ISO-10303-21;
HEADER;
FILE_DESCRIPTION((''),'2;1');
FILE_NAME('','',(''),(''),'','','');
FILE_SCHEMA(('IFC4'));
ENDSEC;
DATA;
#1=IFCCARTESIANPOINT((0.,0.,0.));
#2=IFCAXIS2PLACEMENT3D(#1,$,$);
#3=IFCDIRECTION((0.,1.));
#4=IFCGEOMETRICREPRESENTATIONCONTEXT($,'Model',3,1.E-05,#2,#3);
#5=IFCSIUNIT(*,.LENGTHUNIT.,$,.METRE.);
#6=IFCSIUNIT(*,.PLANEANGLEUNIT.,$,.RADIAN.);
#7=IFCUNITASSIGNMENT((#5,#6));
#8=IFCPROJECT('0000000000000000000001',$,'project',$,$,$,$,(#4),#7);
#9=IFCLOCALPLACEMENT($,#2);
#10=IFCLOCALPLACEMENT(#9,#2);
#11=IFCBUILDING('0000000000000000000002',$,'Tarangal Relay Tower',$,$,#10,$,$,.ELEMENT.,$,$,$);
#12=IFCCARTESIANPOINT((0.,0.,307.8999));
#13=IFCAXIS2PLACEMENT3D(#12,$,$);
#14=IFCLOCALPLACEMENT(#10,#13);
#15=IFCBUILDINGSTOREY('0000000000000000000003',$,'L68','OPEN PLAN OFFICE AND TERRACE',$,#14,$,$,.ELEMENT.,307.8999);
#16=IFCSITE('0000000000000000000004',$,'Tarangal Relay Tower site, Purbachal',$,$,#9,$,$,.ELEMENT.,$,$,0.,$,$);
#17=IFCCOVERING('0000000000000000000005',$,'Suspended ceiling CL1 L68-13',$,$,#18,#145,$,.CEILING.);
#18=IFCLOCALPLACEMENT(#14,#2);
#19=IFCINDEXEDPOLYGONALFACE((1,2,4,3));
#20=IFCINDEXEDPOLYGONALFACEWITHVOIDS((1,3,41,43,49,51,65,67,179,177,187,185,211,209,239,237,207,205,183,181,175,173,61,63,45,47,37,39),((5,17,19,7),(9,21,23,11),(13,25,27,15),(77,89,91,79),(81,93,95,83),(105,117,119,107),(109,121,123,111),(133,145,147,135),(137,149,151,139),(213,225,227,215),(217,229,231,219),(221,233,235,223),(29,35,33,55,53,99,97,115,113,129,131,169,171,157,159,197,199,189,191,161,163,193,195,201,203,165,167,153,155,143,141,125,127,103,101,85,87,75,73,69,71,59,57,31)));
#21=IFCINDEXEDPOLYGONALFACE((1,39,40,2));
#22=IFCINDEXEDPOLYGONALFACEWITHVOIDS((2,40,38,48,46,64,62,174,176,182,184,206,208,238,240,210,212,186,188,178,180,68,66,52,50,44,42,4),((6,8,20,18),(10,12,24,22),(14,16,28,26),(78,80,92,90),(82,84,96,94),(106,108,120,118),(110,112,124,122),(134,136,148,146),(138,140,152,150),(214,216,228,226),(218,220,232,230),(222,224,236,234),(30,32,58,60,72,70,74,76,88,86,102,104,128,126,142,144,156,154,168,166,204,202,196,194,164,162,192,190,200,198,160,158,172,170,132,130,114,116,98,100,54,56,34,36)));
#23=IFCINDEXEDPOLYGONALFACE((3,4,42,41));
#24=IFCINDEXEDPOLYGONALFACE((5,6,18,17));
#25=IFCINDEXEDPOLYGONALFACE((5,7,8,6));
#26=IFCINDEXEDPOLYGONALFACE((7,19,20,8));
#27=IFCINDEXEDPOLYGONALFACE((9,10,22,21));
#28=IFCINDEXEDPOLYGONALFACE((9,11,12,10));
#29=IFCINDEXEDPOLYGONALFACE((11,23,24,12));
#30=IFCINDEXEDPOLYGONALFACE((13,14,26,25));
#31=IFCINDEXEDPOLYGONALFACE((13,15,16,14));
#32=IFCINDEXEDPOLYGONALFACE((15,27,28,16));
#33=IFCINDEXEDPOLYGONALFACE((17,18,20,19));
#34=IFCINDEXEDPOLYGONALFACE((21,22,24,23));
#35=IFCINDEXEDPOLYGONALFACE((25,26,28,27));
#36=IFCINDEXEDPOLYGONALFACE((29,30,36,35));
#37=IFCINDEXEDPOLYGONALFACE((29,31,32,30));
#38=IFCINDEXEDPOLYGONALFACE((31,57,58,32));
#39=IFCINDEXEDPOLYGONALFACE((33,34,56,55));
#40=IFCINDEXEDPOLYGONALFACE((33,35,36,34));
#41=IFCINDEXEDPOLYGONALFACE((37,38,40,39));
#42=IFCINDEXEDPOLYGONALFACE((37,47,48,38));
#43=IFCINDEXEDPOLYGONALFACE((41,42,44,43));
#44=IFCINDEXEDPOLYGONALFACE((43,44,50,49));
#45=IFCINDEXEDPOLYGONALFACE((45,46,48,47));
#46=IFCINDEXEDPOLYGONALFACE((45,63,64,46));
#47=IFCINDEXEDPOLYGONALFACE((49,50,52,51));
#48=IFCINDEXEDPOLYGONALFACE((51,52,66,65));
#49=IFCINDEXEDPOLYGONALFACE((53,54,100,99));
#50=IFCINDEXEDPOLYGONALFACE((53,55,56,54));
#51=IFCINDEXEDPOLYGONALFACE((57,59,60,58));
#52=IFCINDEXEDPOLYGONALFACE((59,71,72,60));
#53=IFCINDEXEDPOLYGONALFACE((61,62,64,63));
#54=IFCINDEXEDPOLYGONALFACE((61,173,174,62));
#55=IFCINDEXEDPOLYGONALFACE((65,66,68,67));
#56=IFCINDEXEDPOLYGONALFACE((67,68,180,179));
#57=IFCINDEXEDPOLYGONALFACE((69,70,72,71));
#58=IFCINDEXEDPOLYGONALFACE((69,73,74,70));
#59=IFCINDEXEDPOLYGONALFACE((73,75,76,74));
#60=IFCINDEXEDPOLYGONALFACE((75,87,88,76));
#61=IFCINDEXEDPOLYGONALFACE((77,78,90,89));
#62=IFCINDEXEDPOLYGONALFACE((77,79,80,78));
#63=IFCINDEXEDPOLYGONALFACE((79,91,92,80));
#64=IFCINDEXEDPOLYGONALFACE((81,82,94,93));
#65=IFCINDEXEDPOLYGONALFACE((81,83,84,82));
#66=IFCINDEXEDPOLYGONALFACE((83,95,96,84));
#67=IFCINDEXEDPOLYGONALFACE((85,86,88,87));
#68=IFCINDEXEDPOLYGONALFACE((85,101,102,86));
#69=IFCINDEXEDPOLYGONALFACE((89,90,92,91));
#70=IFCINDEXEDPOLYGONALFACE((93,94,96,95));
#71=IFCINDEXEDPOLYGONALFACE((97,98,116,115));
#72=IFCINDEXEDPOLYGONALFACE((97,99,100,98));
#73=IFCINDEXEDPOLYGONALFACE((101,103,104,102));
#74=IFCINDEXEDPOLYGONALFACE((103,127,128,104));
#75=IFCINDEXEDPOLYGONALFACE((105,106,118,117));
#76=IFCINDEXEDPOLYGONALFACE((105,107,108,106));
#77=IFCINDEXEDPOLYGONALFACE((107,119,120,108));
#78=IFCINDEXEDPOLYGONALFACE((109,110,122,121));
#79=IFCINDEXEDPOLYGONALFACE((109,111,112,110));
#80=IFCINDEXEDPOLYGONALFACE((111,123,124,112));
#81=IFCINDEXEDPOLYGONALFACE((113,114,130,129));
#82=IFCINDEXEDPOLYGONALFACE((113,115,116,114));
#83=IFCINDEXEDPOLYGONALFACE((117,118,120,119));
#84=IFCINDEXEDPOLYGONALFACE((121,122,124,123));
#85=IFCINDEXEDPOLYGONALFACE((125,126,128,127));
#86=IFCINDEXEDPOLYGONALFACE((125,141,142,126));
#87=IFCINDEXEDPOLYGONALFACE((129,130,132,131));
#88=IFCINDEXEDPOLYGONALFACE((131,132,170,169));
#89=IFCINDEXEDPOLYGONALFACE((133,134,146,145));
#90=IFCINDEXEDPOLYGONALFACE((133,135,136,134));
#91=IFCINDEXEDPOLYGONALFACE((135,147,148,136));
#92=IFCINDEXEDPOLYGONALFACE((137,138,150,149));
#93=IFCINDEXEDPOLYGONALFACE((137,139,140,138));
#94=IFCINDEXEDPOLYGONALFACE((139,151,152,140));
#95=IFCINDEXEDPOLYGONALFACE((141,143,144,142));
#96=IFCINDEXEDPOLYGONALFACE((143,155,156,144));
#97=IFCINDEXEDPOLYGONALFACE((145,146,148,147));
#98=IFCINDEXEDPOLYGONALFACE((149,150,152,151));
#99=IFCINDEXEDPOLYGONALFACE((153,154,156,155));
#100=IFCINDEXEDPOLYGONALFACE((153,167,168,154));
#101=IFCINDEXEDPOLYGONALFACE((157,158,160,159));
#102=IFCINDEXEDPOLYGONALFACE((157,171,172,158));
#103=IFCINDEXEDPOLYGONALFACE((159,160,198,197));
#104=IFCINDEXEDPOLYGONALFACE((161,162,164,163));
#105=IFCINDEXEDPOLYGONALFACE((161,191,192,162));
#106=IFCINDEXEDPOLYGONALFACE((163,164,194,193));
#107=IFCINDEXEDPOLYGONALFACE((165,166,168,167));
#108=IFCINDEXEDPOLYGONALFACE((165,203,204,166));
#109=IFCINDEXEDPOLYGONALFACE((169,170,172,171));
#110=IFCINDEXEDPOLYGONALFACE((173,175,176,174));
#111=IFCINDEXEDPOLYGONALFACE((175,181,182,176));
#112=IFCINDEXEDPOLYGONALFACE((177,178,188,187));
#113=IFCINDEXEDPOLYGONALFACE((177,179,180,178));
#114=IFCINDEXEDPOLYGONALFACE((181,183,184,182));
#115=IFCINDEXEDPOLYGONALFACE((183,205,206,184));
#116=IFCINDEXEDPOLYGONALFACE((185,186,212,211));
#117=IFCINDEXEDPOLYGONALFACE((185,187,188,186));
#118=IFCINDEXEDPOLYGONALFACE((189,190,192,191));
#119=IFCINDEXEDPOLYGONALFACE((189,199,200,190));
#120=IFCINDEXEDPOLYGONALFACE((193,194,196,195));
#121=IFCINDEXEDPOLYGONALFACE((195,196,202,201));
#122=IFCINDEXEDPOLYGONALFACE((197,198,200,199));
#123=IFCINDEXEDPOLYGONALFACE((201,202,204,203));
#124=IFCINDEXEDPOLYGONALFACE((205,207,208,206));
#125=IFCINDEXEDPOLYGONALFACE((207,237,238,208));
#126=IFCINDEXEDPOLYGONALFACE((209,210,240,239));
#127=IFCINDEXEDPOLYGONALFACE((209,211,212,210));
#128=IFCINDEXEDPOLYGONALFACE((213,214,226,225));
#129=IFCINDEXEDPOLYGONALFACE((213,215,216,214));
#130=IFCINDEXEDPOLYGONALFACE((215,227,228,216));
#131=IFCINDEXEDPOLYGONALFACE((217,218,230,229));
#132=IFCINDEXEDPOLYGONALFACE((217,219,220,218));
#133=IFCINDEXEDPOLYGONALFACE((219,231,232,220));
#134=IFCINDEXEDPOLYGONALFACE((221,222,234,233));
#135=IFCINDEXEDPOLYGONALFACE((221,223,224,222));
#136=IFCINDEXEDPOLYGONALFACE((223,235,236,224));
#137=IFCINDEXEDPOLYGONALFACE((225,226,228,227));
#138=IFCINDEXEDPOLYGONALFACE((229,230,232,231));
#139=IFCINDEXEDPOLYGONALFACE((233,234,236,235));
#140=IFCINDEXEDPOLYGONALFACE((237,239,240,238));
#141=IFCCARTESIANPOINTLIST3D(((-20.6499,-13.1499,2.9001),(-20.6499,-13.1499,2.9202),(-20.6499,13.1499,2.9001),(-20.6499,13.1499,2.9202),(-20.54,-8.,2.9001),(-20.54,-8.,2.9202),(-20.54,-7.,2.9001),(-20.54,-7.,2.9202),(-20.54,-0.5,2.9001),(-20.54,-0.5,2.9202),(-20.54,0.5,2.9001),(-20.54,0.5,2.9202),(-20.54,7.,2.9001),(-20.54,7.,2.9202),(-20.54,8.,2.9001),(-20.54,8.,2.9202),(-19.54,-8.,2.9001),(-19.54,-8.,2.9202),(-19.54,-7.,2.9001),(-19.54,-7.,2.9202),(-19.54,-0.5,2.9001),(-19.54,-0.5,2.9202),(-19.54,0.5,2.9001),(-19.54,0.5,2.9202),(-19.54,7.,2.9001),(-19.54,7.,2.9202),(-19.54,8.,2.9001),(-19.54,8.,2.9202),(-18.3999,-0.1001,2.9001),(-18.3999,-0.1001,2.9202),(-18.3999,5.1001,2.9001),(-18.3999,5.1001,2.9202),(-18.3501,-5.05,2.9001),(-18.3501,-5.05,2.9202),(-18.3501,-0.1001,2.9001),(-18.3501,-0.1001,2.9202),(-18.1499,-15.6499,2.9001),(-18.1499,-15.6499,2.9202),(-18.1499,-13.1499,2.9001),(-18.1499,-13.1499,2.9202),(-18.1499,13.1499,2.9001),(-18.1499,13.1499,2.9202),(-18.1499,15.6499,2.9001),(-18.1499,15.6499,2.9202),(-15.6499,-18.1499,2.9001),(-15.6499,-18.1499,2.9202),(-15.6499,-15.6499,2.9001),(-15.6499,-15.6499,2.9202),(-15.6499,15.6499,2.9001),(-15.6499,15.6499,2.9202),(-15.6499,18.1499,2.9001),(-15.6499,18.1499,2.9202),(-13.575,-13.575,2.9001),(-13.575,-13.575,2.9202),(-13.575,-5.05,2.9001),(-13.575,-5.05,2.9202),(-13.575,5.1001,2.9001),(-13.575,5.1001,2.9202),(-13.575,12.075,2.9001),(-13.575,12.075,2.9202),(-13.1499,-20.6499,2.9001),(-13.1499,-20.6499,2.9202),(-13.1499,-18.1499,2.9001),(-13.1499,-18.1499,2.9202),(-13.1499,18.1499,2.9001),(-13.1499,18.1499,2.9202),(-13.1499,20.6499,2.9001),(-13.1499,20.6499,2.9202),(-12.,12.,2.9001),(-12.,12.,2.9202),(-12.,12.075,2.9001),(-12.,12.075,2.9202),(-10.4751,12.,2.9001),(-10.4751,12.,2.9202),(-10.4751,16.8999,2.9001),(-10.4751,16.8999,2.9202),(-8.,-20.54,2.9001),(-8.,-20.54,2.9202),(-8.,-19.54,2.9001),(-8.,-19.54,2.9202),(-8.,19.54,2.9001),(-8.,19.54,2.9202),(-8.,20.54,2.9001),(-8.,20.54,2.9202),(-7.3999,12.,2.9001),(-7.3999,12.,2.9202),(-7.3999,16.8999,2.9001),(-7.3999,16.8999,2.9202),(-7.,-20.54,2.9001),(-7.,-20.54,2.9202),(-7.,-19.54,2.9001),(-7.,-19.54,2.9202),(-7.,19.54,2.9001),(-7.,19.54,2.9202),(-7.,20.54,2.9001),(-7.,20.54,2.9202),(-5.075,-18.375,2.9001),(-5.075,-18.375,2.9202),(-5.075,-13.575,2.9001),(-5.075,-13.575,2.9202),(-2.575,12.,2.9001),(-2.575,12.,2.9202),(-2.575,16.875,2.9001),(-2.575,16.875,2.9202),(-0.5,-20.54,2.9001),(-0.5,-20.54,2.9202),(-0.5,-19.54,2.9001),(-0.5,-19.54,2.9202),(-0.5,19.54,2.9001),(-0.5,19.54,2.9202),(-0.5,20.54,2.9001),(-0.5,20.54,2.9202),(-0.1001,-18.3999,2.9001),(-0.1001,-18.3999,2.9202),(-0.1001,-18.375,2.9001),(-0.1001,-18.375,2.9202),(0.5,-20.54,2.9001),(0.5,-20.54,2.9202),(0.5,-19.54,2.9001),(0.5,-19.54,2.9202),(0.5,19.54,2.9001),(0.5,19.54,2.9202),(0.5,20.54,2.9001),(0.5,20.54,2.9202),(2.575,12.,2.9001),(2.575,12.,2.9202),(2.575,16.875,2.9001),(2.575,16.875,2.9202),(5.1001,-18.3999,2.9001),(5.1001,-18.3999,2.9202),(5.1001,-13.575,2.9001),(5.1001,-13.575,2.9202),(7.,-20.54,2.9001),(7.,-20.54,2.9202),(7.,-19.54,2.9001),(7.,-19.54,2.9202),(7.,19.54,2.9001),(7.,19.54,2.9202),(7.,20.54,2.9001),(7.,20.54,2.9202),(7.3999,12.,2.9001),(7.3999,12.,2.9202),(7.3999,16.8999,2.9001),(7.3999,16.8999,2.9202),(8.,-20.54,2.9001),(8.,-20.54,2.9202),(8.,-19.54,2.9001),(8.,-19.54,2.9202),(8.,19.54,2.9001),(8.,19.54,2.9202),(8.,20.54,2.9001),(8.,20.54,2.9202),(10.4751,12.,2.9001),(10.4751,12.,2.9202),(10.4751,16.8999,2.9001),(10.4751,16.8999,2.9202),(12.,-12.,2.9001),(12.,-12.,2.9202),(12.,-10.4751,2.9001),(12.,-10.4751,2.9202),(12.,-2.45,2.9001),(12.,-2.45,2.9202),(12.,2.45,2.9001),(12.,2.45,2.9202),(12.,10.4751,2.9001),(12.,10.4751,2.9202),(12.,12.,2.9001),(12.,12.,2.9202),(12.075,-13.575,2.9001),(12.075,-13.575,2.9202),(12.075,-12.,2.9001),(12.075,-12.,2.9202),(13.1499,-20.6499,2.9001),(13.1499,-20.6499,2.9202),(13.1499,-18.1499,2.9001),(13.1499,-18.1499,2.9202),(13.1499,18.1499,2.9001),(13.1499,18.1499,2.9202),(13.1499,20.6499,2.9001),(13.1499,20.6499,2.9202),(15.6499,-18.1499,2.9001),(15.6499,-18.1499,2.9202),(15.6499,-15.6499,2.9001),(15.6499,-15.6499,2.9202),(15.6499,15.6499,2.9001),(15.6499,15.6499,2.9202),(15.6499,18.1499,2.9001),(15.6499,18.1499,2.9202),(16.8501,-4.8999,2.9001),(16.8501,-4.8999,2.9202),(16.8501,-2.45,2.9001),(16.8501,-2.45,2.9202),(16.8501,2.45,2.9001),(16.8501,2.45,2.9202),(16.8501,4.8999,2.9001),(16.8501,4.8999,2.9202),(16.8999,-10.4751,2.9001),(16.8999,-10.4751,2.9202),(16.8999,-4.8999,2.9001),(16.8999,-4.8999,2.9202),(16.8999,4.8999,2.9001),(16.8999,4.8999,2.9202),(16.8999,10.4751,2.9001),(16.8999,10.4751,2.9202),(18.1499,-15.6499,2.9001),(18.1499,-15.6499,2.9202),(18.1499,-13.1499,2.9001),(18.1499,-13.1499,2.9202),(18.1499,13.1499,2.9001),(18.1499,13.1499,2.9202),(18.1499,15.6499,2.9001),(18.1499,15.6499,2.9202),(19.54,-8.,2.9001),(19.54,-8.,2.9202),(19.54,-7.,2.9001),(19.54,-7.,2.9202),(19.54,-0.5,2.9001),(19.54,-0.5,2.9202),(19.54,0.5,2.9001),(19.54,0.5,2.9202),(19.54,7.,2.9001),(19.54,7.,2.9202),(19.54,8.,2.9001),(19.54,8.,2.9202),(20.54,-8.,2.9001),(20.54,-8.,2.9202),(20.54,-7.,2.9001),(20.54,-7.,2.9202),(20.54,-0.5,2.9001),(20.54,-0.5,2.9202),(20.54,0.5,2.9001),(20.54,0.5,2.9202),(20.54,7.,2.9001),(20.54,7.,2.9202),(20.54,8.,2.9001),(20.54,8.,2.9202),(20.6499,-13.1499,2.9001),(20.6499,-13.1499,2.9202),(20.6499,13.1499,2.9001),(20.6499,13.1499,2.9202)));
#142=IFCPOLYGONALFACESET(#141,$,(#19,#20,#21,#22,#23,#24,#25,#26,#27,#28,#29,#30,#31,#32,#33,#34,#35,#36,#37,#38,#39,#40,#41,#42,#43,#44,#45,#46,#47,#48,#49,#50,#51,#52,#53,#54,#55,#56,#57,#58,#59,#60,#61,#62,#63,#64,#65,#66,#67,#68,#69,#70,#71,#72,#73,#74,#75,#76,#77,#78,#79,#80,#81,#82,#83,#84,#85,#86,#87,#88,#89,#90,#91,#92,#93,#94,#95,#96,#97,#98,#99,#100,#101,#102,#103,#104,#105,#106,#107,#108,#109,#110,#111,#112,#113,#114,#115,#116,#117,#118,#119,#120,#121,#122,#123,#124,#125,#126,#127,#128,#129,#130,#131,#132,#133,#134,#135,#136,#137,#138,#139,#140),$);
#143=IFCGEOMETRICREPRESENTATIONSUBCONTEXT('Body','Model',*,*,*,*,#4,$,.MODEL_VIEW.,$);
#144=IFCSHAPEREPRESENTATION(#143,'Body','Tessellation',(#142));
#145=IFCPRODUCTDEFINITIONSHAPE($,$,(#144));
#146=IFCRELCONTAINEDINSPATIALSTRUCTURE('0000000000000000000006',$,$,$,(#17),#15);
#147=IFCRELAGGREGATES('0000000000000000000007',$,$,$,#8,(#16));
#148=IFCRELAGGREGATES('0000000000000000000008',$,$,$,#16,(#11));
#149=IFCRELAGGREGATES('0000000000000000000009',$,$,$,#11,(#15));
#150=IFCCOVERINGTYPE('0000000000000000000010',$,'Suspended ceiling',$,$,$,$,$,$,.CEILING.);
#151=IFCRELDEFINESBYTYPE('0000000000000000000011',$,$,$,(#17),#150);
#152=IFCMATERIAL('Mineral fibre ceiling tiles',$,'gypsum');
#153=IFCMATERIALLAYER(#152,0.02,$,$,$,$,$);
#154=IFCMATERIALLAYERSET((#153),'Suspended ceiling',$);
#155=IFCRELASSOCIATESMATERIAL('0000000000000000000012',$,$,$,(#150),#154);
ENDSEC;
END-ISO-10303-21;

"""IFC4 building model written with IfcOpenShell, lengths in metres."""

from ifc_helpers import new_model, si_unit, direction, frame, origin, place, context, subcontext, project, spatial, polyline, outline, extrude, material, layer, layer_set, type_object, element, save


model = new_model("IFC4")

# Units and contexts
model_context = context("Model", 3, precision=1e-05, world=origin(), true_north=direction((0.0, 1.0)))
body_context = subcontext(model_context, "Body", "Model", "MODEL_VIEW")
ifc_project = project(units=[si_unit("LENGTHUNIT", "METRE"), si_unit("PLANEANGLEUNIT", "RADIAN")], contexts=[model_context])

# Site, building, storey
site_placement = place(None, origin())
site = spatial("IfcSite", under=ifc_project, at=site_placement, Name="Tarangal Relay Tower site, Purbachal", CompositionType="ELEMENT", RefElevation=0.0)
building_placement = place(site_placement, origin())
building = spatial("IfcBuilding", under=site, at=building_placement, Name="Tarangal Relay Tower", CompositionType="ELEMENT")
storey_placement = place(building_placement, frame((0.0, 0.0, 307.8999)))
storey = spatial("IfcBuildingStorey", under=building, at=storey_placement, Name="L68", Description="OPEN PLAN OFFICE AND TERRACE", CompositionType="ELEMENT", Elevation=307.8999)

# Covering
ifc_material_1 = material(Name="Mineral fibre ceiling tiles", Category="gypsum")
ifc_layer_1 = layer(ifc_material_1, 0.02)
ifc_layer_set_1 = layer_set([ifc_layer_1], Name="Suspended ceiling")
covering_type = type_object("IfcCoveringType", Name="Suspended ceiling", PredefinedType="CEILING", material=ifc_layer_set_1)
covering_1_placement = place(storey_placement, frame((0.0, 0.0, 2.9001)))
element("IfcCovering", 1, at=covering_1_placement, inside=storey, type_object=covering_type, Name="Suspended ceiling CL1 L68-13", PredefinedType="CEILING", context=body_context, shape_type="SweptSolid", body=[
    extrude(outline(polyline([(18.1499, 15.6499), (15.6499, 15.6499), (15.6499, 18.1499), (13.1499, 18.1499), (13.1499, 20.6499), (-13.1499, 20.6499), (-13.1499, 18.1499), (-15.6499, 18.1499), (-15.6499, 15.6499), (-18.1499, 15.6499), (-18.1499, 13.1499), (-20.6499, 13.1499), (-20.6499, -13.1499), (-18.1499, -13.1499), (-18.1499, -15.6499), (-15.6499, -15.6499), (-15.6499, -18.1499), (-13.1499, -18.1499), (-13.1499, -20.6499), (13.1499, -20.6499), (13.1499, -18.1499), (15.6499, -18.1499), (15.6499, -15.6499), (18.1499, -15.6499), (18.1499, -13.1499), (20.6499, -13.1499), (20.6499, 13.1499), (18.1499, 13.1499), (18.1499, 15.6499)]), holes=[polyline([(-12.0, 12.075), (-13.575, 12.075), (-13.575, 5.1001), (-18.3999, 5.1001), (-18.3999, -0.1001), (-18.3501, -0.1001), (-18.3501, -5.05), (-13.575, -5.05), (-13.575, -13.575), (-5.075, -13.575), (-5.075, -18.375), (-0.1001, -18.375), (-0.1001, -18.3999), (5.1001, -18.3999), (5.1001, -13.575), (12.075, -13.575), (12.075, -12.0), (12.0, -12.0), (12.0, -10.4751), (16.8999, -10.4751), (16.8999, -4.8999), (16.8501, -4.8999), (16.8501, -2.45), (12.0, -2.45), (12.0, 2.45), (16.8501, 2.45), (16.8501, 4.8999), (16.8999, 4.8999), (16.8999, 10.4751), (12.0, 10.4751), (12.0, 12.0), (10.4751, 12.0), (10.4751, 16.8999), (7.3999, 16.8999), (7.3999, 12.0), (2.575, 12.0), (2.575, 16.875), (-2.575, 16.875), (-2.575, 12.0), (-7.3999, 12.0), (-7.3999, 16.8999), (-10.4751, 16.8999), (-10.4751, 12.0), (-12.0, 12.0), (-12.0, 12.075)]), polyline([(-8.0, -19.54), (-8.0, -20.54), (-7.0, -20.54), (-7.0, -19.54), (-8.0, -19.54)]), polyline([(-19.54, -7.0), (-20.54, -7.0), (-20.54, -8.0), (-19.54, -8.0), (-19.54, -7.0)]), polyline([(-19.54, 0.5), (-20.54, 0.5), (-20.54, -0.5), (-19.54, -0.5), (-19.54, 0.5)]), polyline([(-20.54, 8.0), (-20.54, 7.0), (-19.54, 7.0), (-19.54, 8.0), (-20.54, 8.0)]), polyline([(-7.0, 20.54), (-8.0, 20.54), (-8.0, 19.54), (-7.0, 19.54), (-7.0, 20.54)]), polyline([(0.5, 20.54), (-0.5, 20.54), (-0.5, 19.54), (0.5, 19.54), (0.5, 20.54)]), polyline([(-0.5, -19.54), (-0.5, -20.54), (0.5, -20.54), (0.5, -19.54), (-0.5, -19.54)]), polyline([(8.0, -19.54), (7.0, -19.54), (7.0, -20.54), (8.0, -20.54), (8.0, -19.54)]), polyline([(20.54, -7.0), (19.54, -7.0), (19.54, -8.0), (20.54, -8.0), (20.54, -7.0)]), polyline([(19.54, 0.5), (19.54, -0.5), (20.54, -0.5), (20.54, 0.5), (19.54, 0.5)]), polyline([(20.54, 8.0), (19.54, 8.0), (19.54, 7.0), (20.54, 7.0), (20.54, 8.0)]), polyline([(8.0, 20.54), (7.0, 20.54), (7.0, 19.54), (8.0, 19.54), (8.0, 20.54)])]), origin(), (0.0, 0.0, 1.0), 0.02),
])

save(model, "model.ifc")
